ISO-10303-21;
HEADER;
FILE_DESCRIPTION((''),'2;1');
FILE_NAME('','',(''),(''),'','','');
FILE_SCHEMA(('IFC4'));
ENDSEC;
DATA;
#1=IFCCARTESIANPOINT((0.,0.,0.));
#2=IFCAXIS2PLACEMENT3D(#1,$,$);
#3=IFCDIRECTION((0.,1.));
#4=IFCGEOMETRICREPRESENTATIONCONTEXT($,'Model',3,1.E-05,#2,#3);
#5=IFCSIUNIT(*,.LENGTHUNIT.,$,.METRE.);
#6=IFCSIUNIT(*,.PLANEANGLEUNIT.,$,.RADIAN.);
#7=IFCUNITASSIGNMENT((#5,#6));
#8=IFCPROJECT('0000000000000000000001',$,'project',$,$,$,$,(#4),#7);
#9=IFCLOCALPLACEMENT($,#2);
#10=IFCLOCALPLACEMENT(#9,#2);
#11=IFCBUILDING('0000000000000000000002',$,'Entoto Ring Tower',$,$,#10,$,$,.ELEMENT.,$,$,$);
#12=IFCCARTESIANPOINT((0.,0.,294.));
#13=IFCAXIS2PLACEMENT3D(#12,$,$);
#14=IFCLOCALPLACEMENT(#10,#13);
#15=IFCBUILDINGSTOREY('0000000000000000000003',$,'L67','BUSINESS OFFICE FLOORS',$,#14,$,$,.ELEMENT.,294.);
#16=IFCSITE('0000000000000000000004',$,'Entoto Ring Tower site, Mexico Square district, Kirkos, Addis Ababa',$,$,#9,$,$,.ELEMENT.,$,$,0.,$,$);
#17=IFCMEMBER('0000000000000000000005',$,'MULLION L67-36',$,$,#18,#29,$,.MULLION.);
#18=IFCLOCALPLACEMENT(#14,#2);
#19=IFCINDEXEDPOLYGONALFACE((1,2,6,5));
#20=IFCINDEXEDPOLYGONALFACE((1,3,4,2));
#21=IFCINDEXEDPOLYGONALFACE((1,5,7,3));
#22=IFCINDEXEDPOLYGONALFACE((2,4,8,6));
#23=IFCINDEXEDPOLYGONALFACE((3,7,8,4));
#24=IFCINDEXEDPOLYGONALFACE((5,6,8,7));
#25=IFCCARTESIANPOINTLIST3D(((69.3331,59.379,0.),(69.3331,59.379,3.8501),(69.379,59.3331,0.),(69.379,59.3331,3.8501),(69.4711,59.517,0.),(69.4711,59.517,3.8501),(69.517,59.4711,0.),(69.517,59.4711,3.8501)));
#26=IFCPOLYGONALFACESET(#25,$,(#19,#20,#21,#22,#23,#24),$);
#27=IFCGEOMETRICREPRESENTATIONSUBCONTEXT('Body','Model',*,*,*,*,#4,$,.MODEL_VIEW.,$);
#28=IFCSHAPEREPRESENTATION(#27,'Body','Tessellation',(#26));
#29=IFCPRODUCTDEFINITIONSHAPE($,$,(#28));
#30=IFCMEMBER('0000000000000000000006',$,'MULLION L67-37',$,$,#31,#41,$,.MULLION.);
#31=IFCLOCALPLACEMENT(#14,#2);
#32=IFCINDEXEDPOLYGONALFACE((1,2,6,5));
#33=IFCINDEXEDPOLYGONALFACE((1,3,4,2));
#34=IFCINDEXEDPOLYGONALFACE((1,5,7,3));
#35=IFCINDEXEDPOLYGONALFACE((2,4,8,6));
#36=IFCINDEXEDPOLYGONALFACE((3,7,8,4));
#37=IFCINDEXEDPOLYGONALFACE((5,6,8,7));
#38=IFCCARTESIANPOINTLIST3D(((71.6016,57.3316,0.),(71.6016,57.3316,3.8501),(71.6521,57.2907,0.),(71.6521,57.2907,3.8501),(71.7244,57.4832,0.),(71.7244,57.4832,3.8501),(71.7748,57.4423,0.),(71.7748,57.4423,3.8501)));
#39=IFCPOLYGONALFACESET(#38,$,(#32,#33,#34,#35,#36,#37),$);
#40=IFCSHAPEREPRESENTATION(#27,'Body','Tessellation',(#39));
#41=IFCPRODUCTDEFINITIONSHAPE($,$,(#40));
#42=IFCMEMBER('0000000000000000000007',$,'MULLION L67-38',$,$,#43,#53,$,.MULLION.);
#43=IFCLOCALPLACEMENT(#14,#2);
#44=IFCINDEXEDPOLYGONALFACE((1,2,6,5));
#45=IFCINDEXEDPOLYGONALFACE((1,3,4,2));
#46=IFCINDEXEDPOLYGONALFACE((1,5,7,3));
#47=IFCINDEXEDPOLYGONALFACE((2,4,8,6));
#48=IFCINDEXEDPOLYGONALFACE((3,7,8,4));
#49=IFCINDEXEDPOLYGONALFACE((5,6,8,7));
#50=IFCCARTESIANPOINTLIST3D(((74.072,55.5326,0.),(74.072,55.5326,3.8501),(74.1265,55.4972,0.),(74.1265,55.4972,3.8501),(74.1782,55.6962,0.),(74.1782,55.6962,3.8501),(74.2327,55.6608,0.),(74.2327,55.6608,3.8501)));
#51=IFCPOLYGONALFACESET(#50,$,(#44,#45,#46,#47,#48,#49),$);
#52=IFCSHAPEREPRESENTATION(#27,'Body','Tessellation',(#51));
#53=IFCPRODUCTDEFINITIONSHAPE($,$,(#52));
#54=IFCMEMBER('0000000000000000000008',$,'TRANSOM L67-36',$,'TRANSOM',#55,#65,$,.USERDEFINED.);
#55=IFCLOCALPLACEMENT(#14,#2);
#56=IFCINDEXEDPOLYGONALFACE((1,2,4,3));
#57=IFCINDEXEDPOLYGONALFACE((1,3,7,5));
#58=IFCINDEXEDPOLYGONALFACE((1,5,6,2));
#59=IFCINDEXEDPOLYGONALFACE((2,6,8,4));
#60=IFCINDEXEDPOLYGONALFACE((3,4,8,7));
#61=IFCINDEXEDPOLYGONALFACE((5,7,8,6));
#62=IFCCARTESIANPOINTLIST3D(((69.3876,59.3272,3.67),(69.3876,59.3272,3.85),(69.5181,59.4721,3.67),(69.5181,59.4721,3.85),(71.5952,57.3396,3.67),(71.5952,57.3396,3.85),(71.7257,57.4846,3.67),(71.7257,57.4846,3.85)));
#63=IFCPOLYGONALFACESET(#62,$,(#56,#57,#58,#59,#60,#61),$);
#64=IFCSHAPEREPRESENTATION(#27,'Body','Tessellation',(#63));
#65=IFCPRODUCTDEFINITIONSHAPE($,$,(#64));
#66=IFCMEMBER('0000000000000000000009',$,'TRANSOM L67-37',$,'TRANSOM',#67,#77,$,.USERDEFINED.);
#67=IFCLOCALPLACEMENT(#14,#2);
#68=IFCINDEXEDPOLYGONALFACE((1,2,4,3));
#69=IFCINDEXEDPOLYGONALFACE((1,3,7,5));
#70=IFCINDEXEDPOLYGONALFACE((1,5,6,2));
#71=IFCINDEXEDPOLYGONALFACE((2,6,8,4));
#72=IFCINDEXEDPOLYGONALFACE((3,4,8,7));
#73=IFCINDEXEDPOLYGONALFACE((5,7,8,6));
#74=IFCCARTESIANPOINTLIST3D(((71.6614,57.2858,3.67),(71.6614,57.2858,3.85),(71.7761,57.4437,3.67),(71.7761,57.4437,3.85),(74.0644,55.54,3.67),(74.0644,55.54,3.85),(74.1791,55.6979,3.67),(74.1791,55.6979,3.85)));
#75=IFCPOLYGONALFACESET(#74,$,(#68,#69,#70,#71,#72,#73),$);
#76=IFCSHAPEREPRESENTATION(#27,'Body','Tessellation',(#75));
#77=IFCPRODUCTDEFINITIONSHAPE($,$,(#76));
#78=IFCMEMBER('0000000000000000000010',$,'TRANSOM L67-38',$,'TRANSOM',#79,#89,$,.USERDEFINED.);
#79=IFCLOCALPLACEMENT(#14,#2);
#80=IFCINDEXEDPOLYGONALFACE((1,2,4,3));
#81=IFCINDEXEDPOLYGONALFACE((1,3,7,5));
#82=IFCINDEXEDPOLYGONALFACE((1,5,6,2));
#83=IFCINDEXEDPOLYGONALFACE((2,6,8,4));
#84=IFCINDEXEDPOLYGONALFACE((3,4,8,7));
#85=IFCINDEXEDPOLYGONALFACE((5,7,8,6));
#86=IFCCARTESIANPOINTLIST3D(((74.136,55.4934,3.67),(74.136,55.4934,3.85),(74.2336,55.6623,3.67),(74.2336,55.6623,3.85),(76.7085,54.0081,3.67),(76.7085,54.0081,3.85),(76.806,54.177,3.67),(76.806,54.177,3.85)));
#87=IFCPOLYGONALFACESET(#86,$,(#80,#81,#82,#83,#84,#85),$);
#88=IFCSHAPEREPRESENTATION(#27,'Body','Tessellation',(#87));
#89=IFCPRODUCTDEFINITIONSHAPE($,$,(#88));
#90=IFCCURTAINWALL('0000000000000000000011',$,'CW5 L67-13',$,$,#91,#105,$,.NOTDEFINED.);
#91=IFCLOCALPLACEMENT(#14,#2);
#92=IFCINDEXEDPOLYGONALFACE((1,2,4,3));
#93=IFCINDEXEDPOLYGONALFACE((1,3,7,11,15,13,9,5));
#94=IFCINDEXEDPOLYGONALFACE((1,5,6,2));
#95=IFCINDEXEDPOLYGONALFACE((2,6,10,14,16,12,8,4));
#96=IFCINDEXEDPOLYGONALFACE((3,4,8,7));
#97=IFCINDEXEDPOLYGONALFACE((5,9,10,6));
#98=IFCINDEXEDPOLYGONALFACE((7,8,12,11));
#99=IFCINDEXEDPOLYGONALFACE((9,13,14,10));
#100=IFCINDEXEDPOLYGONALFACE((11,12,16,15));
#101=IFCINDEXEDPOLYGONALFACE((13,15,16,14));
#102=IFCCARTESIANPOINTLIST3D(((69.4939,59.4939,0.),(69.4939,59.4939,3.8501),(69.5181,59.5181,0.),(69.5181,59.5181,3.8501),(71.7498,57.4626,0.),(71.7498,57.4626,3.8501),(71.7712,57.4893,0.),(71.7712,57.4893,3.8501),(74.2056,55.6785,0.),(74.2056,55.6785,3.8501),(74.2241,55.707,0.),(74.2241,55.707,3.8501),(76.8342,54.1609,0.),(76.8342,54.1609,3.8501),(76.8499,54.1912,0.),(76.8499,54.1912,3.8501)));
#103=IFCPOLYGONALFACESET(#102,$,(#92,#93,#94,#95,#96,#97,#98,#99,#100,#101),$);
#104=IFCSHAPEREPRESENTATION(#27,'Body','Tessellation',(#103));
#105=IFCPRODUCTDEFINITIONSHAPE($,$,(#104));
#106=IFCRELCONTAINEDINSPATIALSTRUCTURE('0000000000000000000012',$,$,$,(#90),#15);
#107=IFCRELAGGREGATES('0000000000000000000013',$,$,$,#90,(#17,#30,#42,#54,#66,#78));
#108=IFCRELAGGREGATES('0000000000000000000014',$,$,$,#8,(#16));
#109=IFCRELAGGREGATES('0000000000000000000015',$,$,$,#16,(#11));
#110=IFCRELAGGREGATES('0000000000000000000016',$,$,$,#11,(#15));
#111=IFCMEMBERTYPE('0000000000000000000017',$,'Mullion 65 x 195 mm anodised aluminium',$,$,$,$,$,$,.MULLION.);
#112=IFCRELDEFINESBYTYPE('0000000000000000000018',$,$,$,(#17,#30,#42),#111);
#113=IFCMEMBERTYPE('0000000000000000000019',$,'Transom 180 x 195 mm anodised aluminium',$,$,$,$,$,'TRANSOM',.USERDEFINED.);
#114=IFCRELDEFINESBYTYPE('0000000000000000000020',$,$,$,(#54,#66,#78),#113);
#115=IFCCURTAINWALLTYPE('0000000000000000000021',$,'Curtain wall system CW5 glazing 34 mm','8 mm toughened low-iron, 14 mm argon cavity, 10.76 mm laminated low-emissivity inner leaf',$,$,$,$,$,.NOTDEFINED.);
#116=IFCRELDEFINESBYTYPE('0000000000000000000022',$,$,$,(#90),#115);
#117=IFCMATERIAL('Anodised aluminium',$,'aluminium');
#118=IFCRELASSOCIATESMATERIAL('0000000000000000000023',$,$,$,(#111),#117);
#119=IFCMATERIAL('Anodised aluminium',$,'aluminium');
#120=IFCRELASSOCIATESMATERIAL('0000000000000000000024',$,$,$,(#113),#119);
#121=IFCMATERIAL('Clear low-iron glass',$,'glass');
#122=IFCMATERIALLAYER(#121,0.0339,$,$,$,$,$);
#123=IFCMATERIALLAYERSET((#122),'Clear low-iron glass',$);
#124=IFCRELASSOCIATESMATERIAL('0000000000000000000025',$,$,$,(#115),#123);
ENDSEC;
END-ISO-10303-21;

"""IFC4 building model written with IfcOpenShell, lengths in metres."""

from ifc_helpers import new_model, si_unit, direction, frame, origin, origin_2d, place, context, subcontext, project, spatial, polyline, rectangle, outline, extrude, material, layer, layer_set, material_profile, profile_set, type_object, element, aggregate, save


model = new_model("IFC4")

# Units and contexts
model_context = context("Model", 3, precision=1e-05, world=origin(), true_north=direction((0.0, 1.0)))
body_context = subcontext(model_context, "Body", "Model", "MODEL_VIEW")
ifc_project = project(units=[si_unit("LENGTHUNIT", "METRE"), si_unit("PLANEANGLEUNIT", "RADIAN")], contexts=[model_context])

# Members
ifc_material_1 = material(Name="Anodised aluminium", Category="aluminium")
ifc_material_profile_1 = material_profile(ifc_material_1, rectangle(XDim=0.0649, YDim=0.1951, at=origin_2d()), Name="Mullion 65 x 195 mm anodised aluminium")
ifc_profile_set_1 = profile_set([ifc_material_profile_1], Name="Anodised aluminium")
member_type_1 = type_object("IfcMemberType", Name="Mullion 65 x 195 mm anodised aluminium", PredefinedType="MULLION", material=ifc_profile_set_1)
site_placement = place(None, origin())
building_placement = place(site_placement, origin())
storey_placement = place(building_placement, frame((0.0, 0.0, 294.0)))
member_1_placement = place(storey_placement, frame((69.425, 59.425, 0.0), z_axis=(0.0, 0.0, 1.0), x_axis=(0.707107, -0.707107, 0.0)))
member_1 = element("IfcMember", 1, at=member_1_placement, type_object=member_type_1, Name="MULLION L67-36", PredefinedType="MULLION", context=body_context, shape_type="SweptSolid", body=[
    extrude(rectangle(XDim=0.0649, YDim=0.1951, at=origin_2d()), origin(), (0.0, 0.0, 1.0), 3.8501),
])
member_2_placement = place(storey_placement, frame((71.6882, 57.387, 0.0), z_axis=(0.0, 0.0, 1.0), x_axis=(0.777146, -0.62932, 0.0)))
member_2 = element("IfcMember", 2, at=member_2_placement, type_object=member_type_1, Name="MULLION L67-37", PredefinedType="MULLION", context=body_context, shape_type="SweptSolid", body=[
    extrude(rectangle(XDim=0.0649, YDim=0.1951, at=origin_2d()), origin(), (0.0, 0.0, 1.0), 3.8501),
])
member_3_placement = place(storey_placement, frame((74.1523, 55.5967, 0.0), z_axis=(0.0, 0.0, 1.0), x_axis=(0.838671, -0.544639, 0.0)))
member_3 = element("IfcMember", 3, at=member_3_placement, type_object=member_type_1, Name="MULLION L67-38", PredefinedType="MULLION", context=body_context, shape_type="SweptSolid", body=[
    extrude(rectangle(XDim=0.0649, YDim=0.1951, at=origin_2d()), origin(), (0.0, 0.0, 1.0), 3.8501),
])
ifc_material_2 = material(Name="Anodised aluminium", Category="aluminium")
ifc_material_profile_2 = material_profile(ifc_material_2, rectangle(XDim=0.1951, YDim=0.1799, at=origin_2d()), Name="Transom 180 x 195 mm anodised aluminium")
ifc_profile_set_2 = profile_set([ifc_material_profile_2], Name="Anodised aluminium")
member_type_2 = type_object("IfcMemberType", Name="Transom 180 x 195 mm anodised aluminium", ElementType="TRANSOM", PredefinedType="USERDEFINED", material=ifc_profile_set_2)
member_4_placement = place(storey_placement, frame((69.4529, 59.3997, 3.76), z_axis=(0.743163, -0.66911, 0.0), x_axis=(0.66911, 0.743163, 0.0)))
member_4 = element("IfcMember", 4, at=member_4_placement, type_object=member_type_2, Name="TRANSOM L67-36", ObjectType="TRANSOM", PredefinedType="USERDEFINED", context=body_context, shape_type="SweptSolid", body=[
    extrude(rectangle(XDim=0.1951, YDim=0.1799, at=origin_2d()), origin(), (0.0, 0.0, 1.0), 2.9705),
])
member_5_placement = place(storey_placement, frame((71.7188, 57.3647, 3.76), z_axis=(0.809031, -0.587766, 0.0), x_axis=(0.587766, 0.809031, 0.0)))
member_5 = element("IfcMember", 5, at=member_5_placement, type_object=member_type_2, Name="TRANSOM L67-37", ObjectType="TRANSOM", PredefinedType="USERDEFINED", context=body_context, shape_type="SweptSolid", body=[
    extrude(rectangle(XDim=0.1951, YDim=0.1799, at=origin_2d()), origin(), (0.0, 0.0, 1.0), 2.9702),
])
member_6_placement = place(storey_placement, frame((74.1848, 55.5779, 3.76), z_axis=(0.866009, -0.500028, 0.0), x_axis=(0.500028, 0.866009, 0.0)))
member_6 = element("IfcMember", 6, at=member_6_placement, type_object=member_type_2, Name="TRANSOM L67-38", ObjectType="TRANSOM", PredefinedType="USERDEFINED", context=body_context, shape_type="SweptSolid", body=[
    extrude(rectangle(XDim=0.1951, YDim=0.1799, at=origin_2d()), origin(), (0.0, 0.0, 1.0), 2.9705),
])

# Site, building, storey
site = spatial("IfcSite", under=ifc_project, at=site_placement, Name="Entoto Ring Tower site, Mexico Square district, Kirkos, Addis Ababa", CompositionType="ELEMENT", RefElevation=0.0)
building = spatial("IfcBuilding", under=site, at=building_placement, Name="Entoto Ring Tower", CompositionType="ELEMENT")
storey = spatial("IfcBuildingStorey", under=building, at=storey_placement, Name="L67", Description="BUSINESS OFFICE FLOORS", CompositionType="ELEMENT", Elevation=294.0)

# Curtain wall
ifc_material_3 = material(Name="Clear low-iron glass", Category="glass")
ifc_layer = layer(ifc_material_3, 0.0339)
ifc_layer_set = layer_set([ifc_layer], Name="Clear low-iron glass")
curtain_wall_type = type_object("IfcCurtainWallType", Name="Curtain wall system CW5 glazing 34 mm", Description="8 mm toughened low-iron, 14 mm argon cavity, 10.76 mm laminated low-emissivity inner leaf", PredefinedType="NOTDEFINED", material=ifc_layer_set)
curtain_wall_1_placement = place(storey_placement, origin())
curtain_wall_1 = element("IfcCurtainWall", 7, at=curtain_wall_1_placement, inside=storey, type_object=curtain_wall_type, Name="CW5 L67-13", PredefinedType="NOTDEFINED", context=body_context, shape_type="SweptSolid", body=[
    extrude(outline(polyline([(69.4939, 59.4939), (71.7498, 57.4626), (74.2056, 55.6785), (76.8342, 54.1609), (76.8499, 54.1912), (74.2241, 55.707), (71.7712, 57.4893), (69.5181, 59.5181), (69.4939, 59.4939)])), origin(), (0.0, 0.0, 1.0), 3.8501),
])
aggregate(curtain_wall_1, [member_1, member_2, member_3, member_4, member_5, member_6])

save(model, "model.ifc")
